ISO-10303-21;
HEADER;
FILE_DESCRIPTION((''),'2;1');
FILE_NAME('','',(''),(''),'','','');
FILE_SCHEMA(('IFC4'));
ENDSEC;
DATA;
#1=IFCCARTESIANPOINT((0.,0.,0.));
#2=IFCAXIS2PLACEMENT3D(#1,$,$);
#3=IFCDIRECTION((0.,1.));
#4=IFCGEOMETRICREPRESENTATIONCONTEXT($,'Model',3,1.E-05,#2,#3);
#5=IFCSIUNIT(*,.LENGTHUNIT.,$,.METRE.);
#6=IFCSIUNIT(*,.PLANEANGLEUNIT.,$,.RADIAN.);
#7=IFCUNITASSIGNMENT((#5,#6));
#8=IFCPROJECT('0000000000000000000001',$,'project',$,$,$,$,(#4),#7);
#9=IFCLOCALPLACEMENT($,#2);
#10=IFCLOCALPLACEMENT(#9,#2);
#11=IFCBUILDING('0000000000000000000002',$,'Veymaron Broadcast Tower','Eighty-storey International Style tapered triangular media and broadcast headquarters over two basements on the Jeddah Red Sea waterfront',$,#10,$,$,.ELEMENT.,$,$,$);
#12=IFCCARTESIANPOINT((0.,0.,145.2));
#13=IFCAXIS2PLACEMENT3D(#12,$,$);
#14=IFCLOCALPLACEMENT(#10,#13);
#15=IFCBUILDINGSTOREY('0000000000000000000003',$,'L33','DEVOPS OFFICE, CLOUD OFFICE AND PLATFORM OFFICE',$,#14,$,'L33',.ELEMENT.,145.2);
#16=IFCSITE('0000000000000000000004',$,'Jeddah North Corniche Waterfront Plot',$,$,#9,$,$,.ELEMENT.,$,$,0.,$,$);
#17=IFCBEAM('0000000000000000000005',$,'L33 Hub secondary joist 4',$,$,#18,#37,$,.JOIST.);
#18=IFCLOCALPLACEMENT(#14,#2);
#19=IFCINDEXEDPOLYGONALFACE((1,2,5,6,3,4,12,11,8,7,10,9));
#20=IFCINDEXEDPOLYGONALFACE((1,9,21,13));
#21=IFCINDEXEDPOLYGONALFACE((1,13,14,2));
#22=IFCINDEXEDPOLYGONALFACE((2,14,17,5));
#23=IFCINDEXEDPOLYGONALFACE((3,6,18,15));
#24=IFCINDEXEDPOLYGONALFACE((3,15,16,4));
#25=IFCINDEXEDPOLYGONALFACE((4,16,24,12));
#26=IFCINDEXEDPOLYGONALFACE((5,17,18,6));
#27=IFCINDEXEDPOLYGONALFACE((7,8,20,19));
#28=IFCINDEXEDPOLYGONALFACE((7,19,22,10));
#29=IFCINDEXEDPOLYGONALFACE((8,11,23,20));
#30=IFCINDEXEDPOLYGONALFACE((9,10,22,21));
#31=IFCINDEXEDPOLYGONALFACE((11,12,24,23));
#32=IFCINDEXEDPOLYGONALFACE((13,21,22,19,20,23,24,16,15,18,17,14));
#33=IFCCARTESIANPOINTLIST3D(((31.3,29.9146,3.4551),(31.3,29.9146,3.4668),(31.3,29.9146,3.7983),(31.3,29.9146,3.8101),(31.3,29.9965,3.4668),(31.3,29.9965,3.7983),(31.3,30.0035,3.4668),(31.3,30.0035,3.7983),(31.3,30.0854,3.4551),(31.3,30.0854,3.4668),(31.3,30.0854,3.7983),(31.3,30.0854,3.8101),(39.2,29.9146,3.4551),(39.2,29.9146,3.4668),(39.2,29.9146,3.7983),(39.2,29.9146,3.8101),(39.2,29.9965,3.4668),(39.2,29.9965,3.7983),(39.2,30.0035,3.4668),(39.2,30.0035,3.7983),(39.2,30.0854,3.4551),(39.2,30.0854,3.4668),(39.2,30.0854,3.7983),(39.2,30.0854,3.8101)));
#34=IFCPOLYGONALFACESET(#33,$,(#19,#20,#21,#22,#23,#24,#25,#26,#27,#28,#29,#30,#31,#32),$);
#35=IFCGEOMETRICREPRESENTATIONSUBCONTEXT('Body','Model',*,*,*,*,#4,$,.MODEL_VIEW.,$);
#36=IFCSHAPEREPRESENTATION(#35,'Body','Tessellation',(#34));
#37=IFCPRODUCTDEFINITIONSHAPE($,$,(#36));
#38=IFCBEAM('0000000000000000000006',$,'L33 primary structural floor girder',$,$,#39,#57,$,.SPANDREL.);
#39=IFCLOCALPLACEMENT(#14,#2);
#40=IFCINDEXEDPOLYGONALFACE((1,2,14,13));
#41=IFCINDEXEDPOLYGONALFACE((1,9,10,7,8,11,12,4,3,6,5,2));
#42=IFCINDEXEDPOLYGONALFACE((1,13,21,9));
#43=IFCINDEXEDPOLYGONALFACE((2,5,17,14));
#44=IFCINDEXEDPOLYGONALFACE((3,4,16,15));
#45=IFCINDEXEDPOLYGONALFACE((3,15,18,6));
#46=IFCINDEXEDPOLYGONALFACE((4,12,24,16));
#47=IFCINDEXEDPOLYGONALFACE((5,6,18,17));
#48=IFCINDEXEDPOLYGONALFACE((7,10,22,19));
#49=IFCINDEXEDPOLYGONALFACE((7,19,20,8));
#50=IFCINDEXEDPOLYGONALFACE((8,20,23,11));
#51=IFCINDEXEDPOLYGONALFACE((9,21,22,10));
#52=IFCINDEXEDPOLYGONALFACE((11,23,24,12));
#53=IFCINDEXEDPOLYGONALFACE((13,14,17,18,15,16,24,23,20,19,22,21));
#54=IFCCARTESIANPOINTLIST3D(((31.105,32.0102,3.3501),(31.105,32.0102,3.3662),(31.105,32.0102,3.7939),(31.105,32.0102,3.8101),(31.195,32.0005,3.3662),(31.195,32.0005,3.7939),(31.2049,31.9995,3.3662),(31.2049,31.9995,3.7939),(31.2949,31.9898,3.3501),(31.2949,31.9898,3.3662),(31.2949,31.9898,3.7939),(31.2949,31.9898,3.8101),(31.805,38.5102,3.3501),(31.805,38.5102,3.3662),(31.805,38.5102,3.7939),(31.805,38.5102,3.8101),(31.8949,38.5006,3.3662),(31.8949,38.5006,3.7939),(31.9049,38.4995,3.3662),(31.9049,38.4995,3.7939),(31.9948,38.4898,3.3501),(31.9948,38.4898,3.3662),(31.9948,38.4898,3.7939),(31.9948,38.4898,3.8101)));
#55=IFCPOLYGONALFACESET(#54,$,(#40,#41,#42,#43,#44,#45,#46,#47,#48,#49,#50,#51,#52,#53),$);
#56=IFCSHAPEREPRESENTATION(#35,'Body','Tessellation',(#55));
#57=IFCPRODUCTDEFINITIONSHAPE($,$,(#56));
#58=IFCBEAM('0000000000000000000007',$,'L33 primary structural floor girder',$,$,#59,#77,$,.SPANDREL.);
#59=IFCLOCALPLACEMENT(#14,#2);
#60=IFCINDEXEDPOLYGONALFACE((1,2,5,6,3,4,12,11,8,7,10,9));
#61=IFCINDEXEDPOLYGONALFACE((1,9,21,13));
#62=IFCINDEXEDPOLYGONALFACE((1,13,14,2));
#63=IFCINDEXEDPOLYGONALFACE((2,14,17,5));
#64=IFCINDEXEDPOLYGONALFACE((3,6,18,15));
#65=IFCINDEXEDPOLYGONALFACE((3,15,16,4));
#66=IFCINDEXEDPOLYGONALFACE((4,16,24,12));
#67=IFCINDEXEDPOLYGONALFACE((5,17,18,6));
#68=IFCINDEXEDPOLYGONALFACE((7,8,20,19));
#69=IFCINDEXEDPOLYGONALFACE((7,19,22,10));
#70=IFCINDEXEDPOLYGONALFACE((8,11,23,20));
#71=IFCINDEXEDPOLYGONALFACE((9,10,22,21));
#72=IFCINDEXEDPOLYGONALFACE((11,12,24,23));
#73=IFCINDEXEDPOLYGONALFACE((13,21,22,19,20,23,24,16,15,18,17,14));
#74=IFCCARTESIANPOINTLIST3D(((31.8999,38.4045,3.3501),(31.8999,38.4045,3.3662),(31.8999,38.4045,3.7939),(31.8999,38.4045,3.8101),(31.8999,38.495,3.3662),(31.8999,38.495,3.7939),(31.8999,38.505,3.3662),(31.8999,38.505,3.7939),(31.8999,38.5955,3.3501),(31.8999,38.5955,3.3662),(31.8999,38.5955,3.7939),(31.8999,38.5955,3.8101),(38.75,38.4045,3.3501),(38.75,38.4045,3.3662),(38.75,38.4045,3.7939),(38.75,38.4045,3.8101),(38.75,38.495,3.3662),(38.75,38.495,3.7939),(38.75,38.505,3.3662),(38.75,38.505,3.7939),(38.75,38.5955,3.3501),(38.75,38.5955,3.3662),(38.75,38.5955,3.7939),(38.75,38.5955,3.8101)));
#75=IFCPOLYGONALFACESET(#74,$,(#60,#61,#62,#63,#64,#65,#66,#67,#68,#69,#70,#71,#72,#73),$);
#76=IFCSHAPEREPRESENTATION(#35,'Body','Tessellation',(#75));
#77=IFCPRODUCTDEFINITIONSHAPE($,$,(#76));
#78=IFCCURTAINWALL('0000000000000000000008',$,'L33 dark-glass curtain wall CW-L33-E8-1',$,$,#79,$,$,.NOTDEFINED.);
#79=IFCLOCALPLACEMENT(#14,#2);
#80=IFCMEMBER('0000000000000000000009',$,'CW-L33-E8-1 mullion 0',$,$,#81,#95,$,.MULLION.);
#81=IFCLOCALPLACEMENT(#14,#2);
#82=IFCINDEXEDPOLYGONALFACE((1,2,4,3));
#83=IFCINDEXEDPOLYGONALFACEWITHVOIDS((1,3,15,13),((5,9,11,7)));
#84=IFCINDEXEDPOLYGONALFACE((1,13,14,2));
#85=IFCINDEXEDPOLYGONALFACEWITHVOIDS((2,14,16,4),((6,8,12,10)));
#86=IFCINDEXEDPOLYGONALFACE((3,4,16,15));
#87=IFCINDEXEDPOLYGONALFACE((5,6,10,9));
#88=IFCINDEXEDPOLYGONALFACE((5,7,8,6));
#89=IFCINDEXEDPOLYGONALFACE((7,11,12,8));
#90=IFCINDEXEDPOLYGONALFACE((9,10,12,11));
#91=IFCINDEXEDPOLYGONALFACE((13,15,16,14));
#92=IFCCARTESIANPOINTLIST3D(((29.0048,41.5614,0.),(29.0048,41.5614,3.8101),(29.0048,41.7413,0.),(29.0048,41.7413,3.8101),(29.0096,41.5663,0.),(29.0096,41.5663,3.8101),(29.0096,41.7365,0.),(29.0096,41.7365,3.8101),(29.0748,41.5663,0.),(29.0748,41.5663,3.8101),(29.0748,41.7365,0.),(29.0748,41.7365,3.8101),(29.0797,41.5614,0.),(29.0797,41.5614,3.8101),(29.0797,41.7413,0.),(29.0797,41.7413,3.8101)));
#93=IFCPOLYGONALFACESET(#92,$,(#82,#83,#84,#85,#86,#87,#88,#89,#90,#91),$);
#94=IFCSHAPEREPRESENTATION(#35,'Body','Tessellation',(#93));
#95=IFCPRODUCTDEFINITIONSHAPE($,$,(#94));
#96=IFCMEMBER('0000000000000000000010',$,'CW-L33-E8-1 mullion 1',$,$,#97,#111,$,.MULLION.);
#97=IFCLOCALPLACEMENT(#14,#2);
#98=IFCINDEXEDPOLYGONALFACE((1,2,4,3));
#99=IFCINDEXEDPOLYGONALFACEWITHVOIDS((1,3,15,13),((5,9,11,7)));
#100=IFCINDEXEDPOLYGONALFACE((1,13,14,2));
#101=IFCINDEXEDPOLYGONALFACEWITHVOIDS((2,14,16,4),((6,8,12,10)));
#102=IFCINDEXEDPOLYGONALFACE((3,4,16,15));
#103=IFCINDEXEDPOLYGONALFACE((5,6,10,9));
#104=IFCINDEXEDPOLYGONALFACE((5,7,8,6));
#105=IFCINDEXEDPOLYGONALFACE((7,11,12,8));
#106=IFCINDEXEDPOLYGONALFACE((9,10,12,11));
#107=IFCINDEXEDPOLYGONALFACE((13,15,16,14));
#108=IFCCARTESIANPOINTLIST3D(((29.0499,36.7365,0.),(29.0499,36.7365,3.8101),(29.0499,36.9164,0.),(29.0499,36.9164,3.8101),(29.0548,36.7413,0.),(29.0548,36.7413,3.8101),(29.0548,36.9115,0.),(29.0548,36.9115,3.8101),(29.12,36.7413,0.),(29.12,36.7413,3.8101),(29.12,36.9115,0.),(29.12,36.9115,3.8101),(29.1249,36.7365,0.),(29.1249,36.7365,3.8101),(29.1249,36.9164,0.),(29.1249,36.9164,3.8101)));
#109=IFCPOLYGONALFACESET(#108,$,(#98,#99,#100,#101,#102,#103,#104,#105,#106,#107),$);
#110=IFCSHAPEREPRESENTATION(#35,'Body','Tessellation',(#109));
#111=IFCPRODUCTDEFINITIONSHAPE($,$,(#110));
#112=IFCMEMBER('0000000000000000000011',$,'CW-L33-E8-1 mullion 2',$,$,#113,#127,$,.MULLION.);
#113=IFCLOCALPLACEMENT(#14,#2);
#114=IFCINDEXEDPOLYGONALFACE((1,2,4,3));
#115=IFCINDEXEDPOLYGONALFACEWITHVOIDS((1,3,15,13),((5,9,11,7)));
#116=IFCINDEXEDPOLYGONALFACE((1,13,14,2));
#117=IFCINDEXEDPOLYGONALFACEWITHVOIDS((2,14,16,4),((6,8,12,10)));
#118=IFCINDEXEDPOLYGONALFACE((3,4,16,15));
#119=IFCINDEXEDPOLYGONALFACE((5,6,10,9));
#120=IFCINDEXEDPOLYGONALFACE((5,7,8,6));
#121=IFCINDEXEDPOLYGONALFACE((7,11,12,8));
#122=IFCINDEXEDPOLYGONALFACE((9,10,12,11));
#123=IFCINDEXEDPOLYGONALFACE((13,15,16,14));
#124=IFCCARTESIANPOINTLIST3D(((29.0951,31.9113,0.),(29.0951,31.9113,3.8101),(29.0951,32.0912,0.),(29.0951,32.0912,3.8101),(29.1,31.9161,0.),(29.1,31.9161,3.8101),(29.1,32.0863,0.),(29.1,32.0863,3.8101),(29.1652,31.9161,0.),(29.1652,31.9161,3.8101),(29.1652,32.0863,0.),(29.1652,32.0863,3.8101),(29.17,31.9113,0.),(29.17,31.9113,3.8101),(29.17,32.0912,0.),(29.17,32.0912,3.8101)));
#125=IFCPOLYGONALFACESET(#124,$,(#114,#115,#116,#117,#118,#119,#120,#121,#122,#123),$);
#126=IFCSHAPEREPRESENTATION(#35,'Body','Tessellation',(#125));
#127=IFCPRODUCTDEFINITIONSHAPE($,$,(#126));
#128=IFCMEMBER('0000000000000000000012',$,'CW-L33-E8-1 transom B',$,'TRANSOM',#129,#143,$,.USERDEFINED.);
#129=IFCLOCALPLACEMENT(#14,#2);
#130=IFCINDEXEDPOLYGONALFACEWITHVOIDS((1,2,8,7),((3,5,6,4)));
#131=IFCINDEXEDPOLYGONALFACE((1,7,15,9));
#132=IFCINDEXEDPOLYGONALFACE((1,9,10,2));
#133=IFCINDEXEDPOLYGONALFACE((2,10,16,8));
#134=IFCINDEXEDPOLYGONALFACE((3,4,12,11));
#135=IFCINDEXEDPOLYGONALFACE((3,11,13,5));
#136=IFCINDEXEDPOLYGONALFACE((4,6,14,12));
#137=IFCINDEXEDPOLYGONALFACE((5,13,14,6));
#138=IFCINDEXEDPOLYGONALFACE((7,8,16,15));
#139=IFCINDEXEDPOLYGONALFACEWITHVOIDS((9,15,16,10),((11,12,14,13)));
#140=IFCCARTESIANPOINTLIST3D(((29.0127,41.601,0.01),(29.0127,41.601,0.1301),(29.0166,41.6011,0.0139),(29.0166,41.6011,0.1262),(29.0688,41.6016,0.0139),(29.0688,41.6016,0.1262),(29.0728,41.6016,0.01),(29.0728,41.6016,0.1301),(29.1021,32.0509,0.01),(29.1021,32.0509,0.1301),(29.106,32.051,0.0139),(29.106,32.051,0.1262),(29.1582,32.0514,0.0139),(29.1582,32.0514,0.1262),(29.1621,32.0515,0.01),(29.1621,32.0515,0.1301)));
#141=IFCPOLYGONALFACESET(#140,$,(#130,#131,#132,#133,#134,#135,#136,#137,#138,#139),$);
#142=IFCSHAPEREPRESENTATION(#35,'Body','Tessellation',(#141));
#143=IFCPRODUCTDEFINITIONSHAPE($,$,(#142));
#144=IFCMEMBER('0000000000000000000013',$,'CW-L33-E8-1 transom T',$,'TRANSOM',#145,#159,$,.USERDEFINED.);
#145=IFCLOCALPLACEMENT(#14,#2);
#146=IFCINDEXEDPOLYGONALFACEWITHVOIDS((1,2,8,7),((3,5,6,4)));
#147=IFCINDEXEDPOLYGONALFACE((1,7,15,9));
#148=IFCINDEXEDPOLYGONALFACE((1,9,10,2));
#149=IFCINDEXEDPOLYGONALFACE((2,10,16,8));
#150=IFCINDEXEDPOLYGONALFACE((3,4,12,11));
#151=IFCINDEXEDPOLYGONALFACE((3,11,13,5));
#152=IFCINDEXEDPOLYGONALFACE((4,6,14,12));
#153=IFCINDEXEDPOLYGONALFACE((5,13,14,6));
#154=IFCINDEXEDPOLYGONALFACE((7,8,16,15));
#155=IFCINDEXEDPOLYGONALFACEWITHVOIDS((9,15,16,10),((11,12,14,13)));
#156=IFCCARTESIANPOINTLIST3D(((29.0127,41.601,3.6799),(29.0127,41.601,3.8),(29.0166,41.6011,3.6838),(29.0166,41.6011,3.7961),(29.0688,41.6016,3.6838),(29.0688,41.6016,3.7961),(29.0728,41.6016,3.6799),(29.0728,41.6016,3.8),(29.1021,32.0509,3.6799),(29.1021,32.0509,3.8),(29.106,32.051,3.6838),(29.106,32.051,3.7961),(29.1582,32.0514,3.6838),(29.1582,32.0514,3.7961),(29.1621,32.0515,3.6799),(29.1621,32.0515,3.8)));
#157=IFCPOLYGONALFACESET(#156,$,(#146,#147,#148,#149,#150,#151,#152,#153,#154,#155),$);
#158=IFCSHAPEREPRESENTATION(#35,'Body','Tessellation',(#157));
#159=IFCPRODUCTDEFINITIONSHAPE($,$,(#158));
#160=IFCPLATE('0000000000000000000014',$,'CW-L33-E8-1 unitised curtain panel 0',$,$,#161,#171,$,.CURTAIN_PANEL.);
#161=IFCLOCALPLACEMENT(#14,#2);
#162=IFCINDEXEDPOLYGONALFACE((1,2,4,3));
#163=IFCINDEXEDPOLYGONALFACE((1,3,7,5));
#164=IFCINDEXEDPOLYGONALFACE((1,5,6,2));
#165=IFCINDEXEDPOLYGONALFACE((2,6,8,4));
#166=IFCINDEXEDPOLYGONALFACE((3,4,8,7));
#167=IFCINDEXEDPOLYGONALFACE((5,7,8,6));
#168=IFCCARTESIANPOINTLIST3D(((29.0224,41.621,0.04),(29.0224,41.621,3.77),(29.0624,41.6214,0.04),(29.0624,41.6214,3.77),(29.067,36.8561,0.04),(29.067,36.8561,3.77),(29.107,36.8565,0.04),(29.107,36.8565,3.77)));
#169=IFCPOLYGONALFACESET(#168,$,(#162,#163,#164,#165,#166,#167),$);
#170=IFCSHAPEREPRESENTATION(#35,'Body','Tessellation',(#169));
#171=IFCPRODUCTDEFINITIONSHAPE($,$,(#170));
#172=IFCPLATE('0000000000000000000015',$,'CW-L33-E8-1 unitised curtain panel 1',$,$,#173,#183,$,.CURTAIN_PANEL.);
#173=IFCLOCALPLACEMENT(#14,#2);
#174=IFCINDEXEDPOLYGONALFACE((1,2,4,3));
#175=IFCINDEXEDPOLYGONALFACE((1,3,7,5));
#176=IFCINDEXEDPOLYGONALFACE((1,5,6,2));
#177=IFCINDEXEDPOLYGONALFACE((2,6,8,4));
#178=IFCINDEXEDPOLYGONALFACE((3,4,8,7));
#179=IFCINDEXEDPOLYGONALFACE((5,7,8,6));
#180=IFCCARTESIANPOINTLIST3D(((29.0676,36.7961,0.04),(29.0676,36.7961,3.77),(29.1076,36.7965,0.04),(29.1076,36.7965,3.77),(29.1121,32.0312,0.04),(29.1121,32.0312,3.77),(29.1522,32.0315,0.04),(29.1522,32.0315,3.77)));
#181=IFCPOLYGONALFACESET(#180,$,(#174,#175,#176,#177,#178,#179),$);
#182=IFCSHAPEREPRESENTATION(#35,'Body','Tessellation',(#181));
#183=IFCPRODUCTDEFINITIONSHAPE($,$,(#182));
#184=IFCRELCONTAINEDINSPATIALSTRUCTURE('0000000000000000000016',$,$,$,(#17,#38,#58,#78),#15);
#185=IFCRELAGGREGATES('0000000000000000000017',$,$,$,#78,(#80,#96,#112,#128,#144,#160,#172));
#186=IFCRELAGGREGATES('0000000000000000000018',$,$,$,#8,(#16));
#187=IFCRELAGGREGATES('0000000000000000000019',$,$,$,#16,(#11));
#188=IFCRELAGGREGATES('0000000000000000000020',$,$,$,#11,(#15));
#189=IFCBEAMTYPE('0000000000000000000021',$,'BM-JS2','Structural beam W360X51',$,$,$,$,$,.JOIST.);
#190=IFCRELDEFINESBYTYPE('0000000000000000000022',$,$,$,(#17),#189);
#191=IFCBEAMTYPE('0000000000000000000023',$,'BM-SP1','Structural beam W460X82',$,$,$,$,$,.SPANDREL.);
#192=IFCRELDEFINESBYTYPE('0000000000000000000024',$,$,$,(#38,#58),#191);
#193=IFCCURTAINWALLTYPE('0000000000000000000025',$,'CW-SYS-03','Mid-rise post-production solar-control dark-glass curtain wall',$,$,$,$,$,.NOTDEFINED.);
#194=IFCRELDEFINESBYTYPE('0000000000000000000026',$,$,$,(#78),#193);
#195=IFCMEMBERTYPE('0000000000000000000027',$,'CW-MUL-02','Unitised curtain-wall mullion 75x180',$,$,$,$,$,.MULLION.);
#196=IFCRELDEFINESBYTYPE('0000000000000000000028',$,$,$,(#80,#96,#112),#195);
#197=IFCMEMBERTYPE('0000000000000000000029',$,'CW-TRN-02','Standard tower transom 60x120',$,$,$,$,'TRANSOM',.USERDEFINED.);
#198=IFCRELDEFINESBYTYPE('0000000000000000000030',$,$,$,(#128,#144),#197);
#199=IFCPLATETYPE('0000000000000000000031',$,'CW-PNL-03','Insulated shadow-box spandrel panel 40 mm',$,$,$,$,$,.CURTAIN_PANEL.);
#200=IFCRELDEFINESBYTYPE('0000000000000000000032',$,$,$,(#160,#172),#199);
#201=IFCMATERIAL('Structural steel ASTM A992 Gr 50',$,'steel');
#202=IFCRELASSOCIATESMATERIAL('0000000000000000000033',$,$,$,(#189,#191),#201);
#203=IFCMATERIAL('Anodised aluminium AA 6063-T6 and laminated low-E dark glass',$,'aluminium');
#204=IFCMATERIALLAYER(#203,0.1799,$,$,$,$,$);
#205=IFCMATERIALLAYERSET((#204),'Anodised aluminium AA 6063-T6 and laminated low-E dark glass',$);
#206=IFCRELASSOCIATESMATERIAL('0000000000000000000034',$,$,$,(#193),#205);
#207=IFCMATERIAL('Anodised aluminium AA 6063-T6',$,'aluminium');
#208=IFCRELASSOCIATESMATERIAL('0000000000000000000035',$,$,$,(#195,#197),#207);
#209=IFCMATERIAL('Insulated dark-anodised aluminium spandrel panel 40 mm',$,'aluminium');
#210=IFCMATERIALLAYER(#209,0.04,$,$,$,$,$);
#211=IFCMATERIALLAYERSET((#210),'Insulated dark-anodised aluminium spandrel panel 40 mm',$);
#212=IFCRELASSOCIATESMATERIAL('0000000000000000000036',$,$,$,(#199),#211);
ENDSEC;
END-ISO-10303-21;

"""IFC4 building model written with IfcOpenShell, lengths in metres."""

from ifc_helpers import new_model, si_unit, direction, frame, origin, origin_2d, place, context, subcontext, project, spatial, rectangle, hollow_rectangle, i_section, extrude, material, layer, layer_set, material_profile, profile_set, type_object, element, aggregate, save


model = new_model("IFC4")

# Units and contexts
model_context = context("Model", 3, precision=1e-05, world=origin(), true_north=direction((0.0, 1.0)))
body_context = subcontext(model_context, "Body", "Model", "MODEL_VIEW")
ifc_project = project(units=[si_unit("LENGTHUNIT", "METRE"), si_unit("PLANEANGLEUNIT", "RADIAN")], contexts=[model_context])

# Site, building, storey
site_placement = place(None, origin())
site = spatial("IfcSite", under=ifc_project, at=site_placement, Name="Jeddah North Corniche Waterfront Plot", CompositionType="ELEMENT", RefElevation=0.0)
building_placement = place(site_placement, origin())
building = spatial("IfcBuilding", under=site, at=building_placement, Name="Veymaron Broadcast Tower", Description="Eighty-storey International Style tapered triangular media and broadcast headquarters over two basements on the Jeddah Red Sea waterfront", CompositionType="ELEMENT")
storey_placement = place(building_placement, frame((0.0, 0.0, 145.2)))
storey = spatial("IfcBuildingStorey", under=building, at=storey_placement, Name="L33", Description="DEVOPS OFFICE, CLOUD OFFICE AND PLATFORM OFFICE", LongName="L33", CompositionType="ELEMENT", Elevation=145.2)

# Shared definitions
ifc_material_1 = material(Name="Structural steel ASTM A992 Gr 50", Category="steel")

# Beams
ifc_material_profile_1 = material_profile(ifc_material_1, i_section(OverallWidth=0.1709, OverallDepth=0.355, WebThickness=0.0071, FlangeThickness=0.0117, at=origin_2d()), Name="W360X51")
ifc_profile_set_1 = profile_set([ifc_material_profile_1], Name="Structural steel ASTM A992 Gr 50")
beam_type_1 = type_object("IfcBeamType", Name="BM-JS2", Description="Structural beam W360X51", PredefinedType="JOIST", material=ifc_profile_set_1)
for number, where, z_axis, x_axis, name in (
    (1, (31.3, 30.0, 3.6326), (1.0, 0.0, 0.0), (0.0, 1.0, 0.0), "L33 Hub secondary joist 4"),
):
    element("IfcBeam", number, at=place(storey_placement, frame(where, z_axis=z_axis, x_axis=x_axis)), inside=storey, type_object=beam_type_1, Name=name, PredefinedType="JOIST", context=body_context, shape_type="SweptSolid", body=[
        extrude(i_section(OverallWidth=0.1709, OverallDepth=0.355, WebThickness=0.0071, FlangeThickness=0.0117, at=origin_2d()), origin(), (0.0, 0.0, 1.0), 7.8999),
    ])
ifc_material_profile_2 = material_profile(ifc_material_1, i_section(OverallWidth=0.1909, OverallDepth=0.46, WebThickness=0.01, FlangeThickness=0.0161, at=origin_2d()), Name="W460X82")
ifc_profile_set_2 = profile_set([ifc_material_profile_2], Name="Structural steel ASTM A992 Gr 50")
beam_type_2 = type_object("IfcBeamType", Name="BM-SP1", Description="Structural beam W460X82", PredefinedType="SPANDREL", material=ifc_profile_set_2)
beam_1_placement = place(storey_placement, frame((31.2, 32.0, 3.5801), z_axis=(0.107066, 0.994252, 0.0), x_axis=(-0.994252, 0.107066, 0.0)))
element("IfcBeam", 2, at=beam_1_placement, inside=storey, type_object=beam_type_2, Name="L33 primary structural floor girder", PredefinedType="SPANDREL", context=body_context, shape_type="SweptSolid", body=[
    extrude(i_section(OverallWidth=0.1909, OverallDepth=0.46, WebThickness=0.01, FlangeThickness=0.0161, at=origin_2d()), origin(), (0.0, 0.0, 1.0), 6.5376),
])
beam_2_placement = place(storey_placement, frame((31.8999, 38.5, 3.5801), z_axis=(1.0, 0.0, 0.0), x_axis=(0.0, 1.0, 0.0)))
element("IfcBeam", 3, at=beam_2_placement, inside=storey, type_object=beam_type_2, Name="L33 primary structural floor girder", PredefinedType="SPANDREL", context=body_context, shape_type="SweptSolid", body=[
    extrude(i_section(OverallWidth=0.1909, OverallDepth=0.46, WebThickness=0.01, FlangeThickness=0.0161, at=origin_2d()), origin(), (0.0, 0.0, 1.0), 6.8501),
])

# Curtain wall, members, plates
ifc_material_2 = material(Name="Anodised aluminium AA 6063-T6 and laminated low-E dark glass", Category="aluminium")
ifc_layer_1 = layer(ifc_material_2, 0.1799)
ifc_layer_set_1 = layer_set([ifc_layer_1], Name="Anodised aluminium AA 6063-T6 and laminated low-E dark glass")
curtain_wall_type = type_object("IfcCurtainWallType", Name="CW-SYS-03", Description="Mid-rise post-production solar-control dark-glass curtain wall", PredefinedType="NOTDEFINED", material=ifc_layer_set_1)
curtain_wall_placement = place(storey_placement, origin())
curtain_wall = element("IfcCurtainWall", 4, at=curtain_wall_placement, inside=storey, type_object=curtain_wall_type, Name="L33 dark-glass curtain wall CW-L33-E8-1", PredefinedType="NOTDEFINED")
ifc_material_3 = material(Name="Anodised aluminium AA 6063-T6", Category="aluminium")
ifc_material_profile_3 = material_profile(ifc_material_3, hollow_rectangle(XDim=0.075, YDim=0.1799, WallThickness=0.0049, at=origin_2d()), Name="AL180X75X5")
ifc_profile_set_3 = profile_set([ifc_material_profile_3], Name="Anodised aluminium AA 6063-T6")
member_type_1 = type_object("IfcMemberType", Name="CW-MUL-02", Description="Unitised curtain-wall mullion 75x180", PredefinedType="MULLION", material=ifc_profile_set_3)
member_1_placement = place(storey_placement, frame((29.0422, 41.6514, 0.0), z_axis=(0.0, 0.0, 1.0), x_axis=(1.0, 0.0, 0.0)))
member_1 = element("IfcMember", 5, at=member_1_placement, type_object=member_type_1, Name="CW-L33-E8-1 mullion 0", PredefinedType="MULLION", context=body_context, shape_type="SweptSolid", body=[
    extrude(hollow_rectangle(XDim=0.075, YDim=0.1799, WallThickness=0.0049, at=origin_2d()), origin(), (0.0, 0.0, 1.0), 3.8101),
])
member_2_placement = place(storey_placement, frame((29.0874, 36.8264, 0.0), z_axis=(0.0, 0.0, 1.0), x_axis=(1.0, 0.0, 0.0)))
member_2 = element("IfcMember", 6, at=member_2_placement, type_object=member_type_1, Name="CW-L33-E8-1 mullion 1", PredefinedType="MULLION", context=body_context, shape_type="SweptSolid", body=[
    extrude(hollow_rectangle(XDim=0.075, YDim=0.1799, WallThickness=0.0049, at=origin_2d()), origin(), (0.0, 0.0, 1.0), 3.8101),
])
member_3_placement = place(storey_placement, frame((29.1326, 32.0012, 0.0), z_axis=(0.0, 0.0, 1.0), x_axis=(1.0, 0.0, 0.0)))
member_3 = element("IfcMember", 7, at=member_3_placement, type_object=member_type_1, Name="CW-L33-E8-1 mullion 2", PredefinedType="MULLION", context=body_context, shape_type="SweptSolid", body=[
    extrude(hollow_rectangle(XDim=0.075, YDim=0.1799, WallThickness=0.0049, at=origin_2d()), origin(), (0.0, 0.0, 1.0), 3.8101),
])
ifc_material_profile_4 = material_profile(ifc_material_3, hollow_rectangle(XDim=0.0601, YDim=0.1201, WallThickness=0.0039, at=origin_2d()), Name="AL120X60X4")
ifc_profile_set_4 = profile_set([ifc_material_profile_4], Name="Anodised aluminium AA 6063-T6")
member_type_2 = type_object("IfcMemberType", Name="CW-TRN-02", Description="Standard tower transom 60x120", ElementType="TRANSOM", PredefinedType="USERDEFINED", material=ifc_profile_set_4)
member_4_placement = place(storey_placement, frame((29.0427, 41.6013, 0.0701), z_axis=(0.009356, -0.999956, 0.0), x_axis=(0.999956, 0.009356, 0.0)))
member_4 = element("IfcMember", 8, at=member_4_placement, type_object=member_type_2, Name="CW-L33-E8-1 transom B", ObjectType="TRANSOM", PredefinedType="USERDEFINED", context=body_context, shape_type="SweptSolid", body=[
    extrude(hollow_rectangle(XDim=0.0601, YDim=0.1201, WallThickness=0.0039, at=origin_2d()), origin(), (0.0, 0.0, 1.0), 9.5505),
])
member_5_placement = place(storey_placement, frame((29.0427, 41.6013, 3.74), z_axis=(0.009356, -0.999956, 0.0), x_axis=(0.999956, 0.009356, 0.0)))
member_5 = element("IfcMember", 9, at=member_5_placement, type_object=member_type_2, Name="CW-L33-E8-1 transom T", ObjectType="TRANSOM", PredefinedType="USERDEFINED", context=body_context, shape_type="SweptSolid", body=[
    extrude(hollow_rectangle(XDim=0.0601, YDim=0.1201, WallThickness=0.0039, at=origin_2d()), origin(), (0.0, 0.0, 1.0), 9.5505),
])
ifc_material_4 = material(Name="Insulated dark-anodised aluminium spandrel panel 40 mm", Category="aluminium")
ifc_layer_2 = layer(ifc_material_4, 0.04)
ifc_layer_set_2 = layer_set([ifc_layer_2], Name="Insulated dark-anodised aluminium spandrel panel 40 mm")
plate_type = type_object("IfcPlateType", Name="CW-PNL-03", Description="Insulated shadow-box spandrel panel 40 mm", PredefinedType="CURTAIN_PANEL", material=ifc_layer_set_2)
plate_1_placement = place(storey_placement, frame((29.0647, 39.2388, 0.04), z_axis=(0.0, 0.0, 1.0), x_axis=(0.009355, -0.999956, 0.0)))
plate_1 = element("IfcPlate", 10, at=plate_1_placement, type_object=plate_type, Name="CW-L33-E8-1 unitised curtain panel 0", PredefinedType="CURTAIN_PANEL", context=body_context, shape_type="SweptSolid", body=[
    extrude(rectangle(XDim=4.7651, YDim=0.04, at=origin_2d()), origin(), (0.0, 0.0, 1.0), 3.73),
])
plate_2_placement = place(storey_placement, frame((29.1099, 34.4138, 0.04), z_axis=(0.0, 0.0, 1.0), x_axis=(0.009355, -0.999956, 0.0)))
plate_2 = element("IfcPlate", 11, at=plate_2_placement, type_object=plate_type, Name="CW-L33-E8-1 unitised curtain panel 1", PredefinedType="CURTAIN_PANEL", context=body_context, shape_type="SweptSolid", body=[
    extrude(rectangle(XDim=4.7651, YDim=0.04, at=origin_2d()), origin(), (0.0, 0.0, 1.0), 3.73),
])
aggregate(curtain_wall, [member_1, member_2, member_3, member_4, member_5, plate_1, plate_2])

save(model, "model.ifc")
